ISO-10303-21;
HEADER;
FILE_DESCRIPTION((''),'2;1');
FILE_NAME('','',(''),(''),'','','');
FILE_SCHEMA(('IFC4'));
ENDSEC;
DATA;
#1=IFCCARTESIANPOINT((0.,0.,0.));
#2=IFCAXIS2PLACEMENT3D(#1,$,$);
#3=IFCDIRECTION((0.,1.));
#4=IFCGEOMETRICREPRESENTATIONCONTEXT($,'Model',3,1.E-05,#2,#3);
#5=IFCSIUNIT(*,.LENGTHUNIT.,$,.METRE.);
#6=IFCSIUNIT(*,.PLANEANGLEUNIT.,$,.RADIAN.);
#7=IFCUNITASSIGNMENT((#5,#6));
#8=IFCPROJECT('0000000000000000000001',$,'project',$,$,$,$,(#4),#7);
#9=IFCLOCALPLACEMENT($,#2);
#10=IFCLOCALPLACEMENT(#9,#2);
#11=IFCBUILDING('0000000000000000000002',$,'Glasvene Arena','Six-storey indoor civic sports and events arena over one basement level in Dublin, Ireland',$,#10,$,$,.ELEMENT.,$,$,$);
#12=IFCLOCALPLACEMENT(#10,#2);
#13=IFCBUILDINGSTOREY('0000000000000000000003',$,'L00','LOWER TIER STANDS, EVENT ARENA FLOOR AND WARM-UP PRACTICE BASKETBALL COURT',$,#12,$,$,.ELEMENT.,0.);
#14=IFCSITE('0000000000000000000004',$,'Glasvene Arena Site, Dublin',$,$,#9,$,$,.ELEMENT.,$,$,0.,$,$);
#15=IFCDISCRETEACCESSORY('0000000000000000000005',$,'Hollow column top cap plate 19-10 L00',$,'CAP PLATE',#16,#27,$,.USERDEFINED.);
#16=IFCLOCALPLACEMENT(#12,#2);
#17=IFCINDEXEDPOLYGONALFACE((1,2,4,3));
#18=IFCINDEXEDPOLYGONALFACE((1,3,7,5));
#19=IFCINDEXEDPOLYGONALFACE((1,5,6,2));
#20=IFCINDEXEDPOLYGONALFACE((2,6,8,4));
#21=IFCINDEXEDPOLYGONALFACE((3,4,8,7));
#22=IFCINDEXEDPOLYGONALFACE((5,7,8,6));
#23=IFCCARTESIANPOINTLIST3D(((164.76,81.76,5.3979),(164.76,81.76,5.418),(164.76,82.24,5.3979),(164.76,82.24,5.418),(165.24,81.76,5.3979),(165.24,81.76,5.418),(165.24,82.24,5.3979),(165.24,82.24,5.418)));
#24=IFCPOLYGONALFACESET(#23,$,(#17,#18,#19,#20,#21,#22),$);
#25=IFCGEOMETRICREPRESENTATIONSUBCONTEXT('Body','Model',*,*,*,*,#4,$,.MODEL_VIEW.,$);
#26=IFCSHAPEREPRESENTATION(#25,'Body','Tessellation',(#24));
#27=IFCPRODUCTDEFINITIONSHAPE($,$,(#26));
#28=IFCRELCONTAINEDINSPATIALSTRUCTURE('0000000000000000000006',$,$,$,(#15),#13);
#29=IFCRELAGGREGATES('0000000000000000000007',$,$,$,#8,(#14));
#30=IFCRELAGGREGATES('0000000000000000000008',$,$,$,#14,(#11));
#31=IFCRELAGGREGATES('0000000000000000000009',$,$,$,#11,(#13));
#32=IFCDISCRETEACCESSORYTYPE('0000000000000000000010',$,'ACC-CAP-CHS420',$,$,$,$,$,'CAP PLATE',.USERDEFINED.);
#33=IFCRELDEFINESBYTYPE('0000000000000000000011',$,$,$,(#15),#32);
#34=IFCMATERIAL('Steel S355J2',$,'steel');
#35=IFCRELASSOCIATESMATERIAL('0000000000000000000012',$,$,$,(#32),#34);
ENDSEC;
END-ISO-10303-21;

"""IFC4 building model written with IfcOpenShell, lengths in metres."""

from ifc_helpers import new_model, si_unit, direction, frame, origin, origin_2d, place, context, subcontext, project, spatial, rectangle, extrude, material, type_object, element, save


model = new_model("IFC4")

# Units and contexts
model_context = context("Model", 3, precision=1e-05, world=origin(), true_north=direction((0.0, 1.0)))
body_context = subcontext(model_context, "Body", "Model", "MODEL_VIEW")
ifc_project = project(units=[si_unit("LENGTHUNIT", "METRE"), si_unit("PLANEANGLEUNIT", "RADIAN")], contexts=[model_context])

# Site, building, storey
site_placement = place(None, origin())
site = spatial("IfcSite", under=ifc_project, at=site_placement, Name="Glasvene Arena Site, Dublin", CompositionType="ELEMENT", RefElevation=0.0)
building_placement = place(site_placement, origin())
building = spatial("IfcBuilding", under=site, at=building_placement, Name="Glasvene Arena", Description="Six-storey indoor civic sports and events arena over one basement level in Dublin, Ireland", CompositionType="ELEMENT")
storey_placement = place(building_placement, origin())
storey = spatial("IfcBuildingStorey", under=building, at=storey_placement, Name="L00", Description="LOWER TIER STANDS, EVENT ARENA FLOOR AND WARM-UP PRACTICE BASKETBALL COURT", CompositionType="ELEMENT", Elevation=0.0)

# Shared definitions
ifc_material_1 = material(Name="Steel S355J2", Category="steel")

# Discrete accessory
discrete_accessory_type = type_object("IfcDiscreteAccessoryType", Name="ACC-CAP-CHS420", ElementType="CAP PLATE", PredefinedType="USERDEFINED", material=ifc_material_1)
discrete_accessory_placement = place(storey_placement, frame((165.0, 82.0, 5.3979), z_axis=(0.0, 0.0, 1.0), x_axis=(1.0, 0.0, 0.0)))
element("IfcDiscreteAccessory", 1, at=discrete_accessory_placement, inside=storey, type_object=discrete_accessory_type, Name="Hollow column top cap plate 19-10 L00", ObjectType="CAP PLATE", PredefinedType="USERDEFINED", context=body_context, shape_type="SweptSolid", body=[
    extrude(rectangle(XDim=0.48, YDim=0.48, at=origin_2d()), origin(), (0.0, 0.0, 1.0), 0.02),
])

save(model, "model.ifc")
